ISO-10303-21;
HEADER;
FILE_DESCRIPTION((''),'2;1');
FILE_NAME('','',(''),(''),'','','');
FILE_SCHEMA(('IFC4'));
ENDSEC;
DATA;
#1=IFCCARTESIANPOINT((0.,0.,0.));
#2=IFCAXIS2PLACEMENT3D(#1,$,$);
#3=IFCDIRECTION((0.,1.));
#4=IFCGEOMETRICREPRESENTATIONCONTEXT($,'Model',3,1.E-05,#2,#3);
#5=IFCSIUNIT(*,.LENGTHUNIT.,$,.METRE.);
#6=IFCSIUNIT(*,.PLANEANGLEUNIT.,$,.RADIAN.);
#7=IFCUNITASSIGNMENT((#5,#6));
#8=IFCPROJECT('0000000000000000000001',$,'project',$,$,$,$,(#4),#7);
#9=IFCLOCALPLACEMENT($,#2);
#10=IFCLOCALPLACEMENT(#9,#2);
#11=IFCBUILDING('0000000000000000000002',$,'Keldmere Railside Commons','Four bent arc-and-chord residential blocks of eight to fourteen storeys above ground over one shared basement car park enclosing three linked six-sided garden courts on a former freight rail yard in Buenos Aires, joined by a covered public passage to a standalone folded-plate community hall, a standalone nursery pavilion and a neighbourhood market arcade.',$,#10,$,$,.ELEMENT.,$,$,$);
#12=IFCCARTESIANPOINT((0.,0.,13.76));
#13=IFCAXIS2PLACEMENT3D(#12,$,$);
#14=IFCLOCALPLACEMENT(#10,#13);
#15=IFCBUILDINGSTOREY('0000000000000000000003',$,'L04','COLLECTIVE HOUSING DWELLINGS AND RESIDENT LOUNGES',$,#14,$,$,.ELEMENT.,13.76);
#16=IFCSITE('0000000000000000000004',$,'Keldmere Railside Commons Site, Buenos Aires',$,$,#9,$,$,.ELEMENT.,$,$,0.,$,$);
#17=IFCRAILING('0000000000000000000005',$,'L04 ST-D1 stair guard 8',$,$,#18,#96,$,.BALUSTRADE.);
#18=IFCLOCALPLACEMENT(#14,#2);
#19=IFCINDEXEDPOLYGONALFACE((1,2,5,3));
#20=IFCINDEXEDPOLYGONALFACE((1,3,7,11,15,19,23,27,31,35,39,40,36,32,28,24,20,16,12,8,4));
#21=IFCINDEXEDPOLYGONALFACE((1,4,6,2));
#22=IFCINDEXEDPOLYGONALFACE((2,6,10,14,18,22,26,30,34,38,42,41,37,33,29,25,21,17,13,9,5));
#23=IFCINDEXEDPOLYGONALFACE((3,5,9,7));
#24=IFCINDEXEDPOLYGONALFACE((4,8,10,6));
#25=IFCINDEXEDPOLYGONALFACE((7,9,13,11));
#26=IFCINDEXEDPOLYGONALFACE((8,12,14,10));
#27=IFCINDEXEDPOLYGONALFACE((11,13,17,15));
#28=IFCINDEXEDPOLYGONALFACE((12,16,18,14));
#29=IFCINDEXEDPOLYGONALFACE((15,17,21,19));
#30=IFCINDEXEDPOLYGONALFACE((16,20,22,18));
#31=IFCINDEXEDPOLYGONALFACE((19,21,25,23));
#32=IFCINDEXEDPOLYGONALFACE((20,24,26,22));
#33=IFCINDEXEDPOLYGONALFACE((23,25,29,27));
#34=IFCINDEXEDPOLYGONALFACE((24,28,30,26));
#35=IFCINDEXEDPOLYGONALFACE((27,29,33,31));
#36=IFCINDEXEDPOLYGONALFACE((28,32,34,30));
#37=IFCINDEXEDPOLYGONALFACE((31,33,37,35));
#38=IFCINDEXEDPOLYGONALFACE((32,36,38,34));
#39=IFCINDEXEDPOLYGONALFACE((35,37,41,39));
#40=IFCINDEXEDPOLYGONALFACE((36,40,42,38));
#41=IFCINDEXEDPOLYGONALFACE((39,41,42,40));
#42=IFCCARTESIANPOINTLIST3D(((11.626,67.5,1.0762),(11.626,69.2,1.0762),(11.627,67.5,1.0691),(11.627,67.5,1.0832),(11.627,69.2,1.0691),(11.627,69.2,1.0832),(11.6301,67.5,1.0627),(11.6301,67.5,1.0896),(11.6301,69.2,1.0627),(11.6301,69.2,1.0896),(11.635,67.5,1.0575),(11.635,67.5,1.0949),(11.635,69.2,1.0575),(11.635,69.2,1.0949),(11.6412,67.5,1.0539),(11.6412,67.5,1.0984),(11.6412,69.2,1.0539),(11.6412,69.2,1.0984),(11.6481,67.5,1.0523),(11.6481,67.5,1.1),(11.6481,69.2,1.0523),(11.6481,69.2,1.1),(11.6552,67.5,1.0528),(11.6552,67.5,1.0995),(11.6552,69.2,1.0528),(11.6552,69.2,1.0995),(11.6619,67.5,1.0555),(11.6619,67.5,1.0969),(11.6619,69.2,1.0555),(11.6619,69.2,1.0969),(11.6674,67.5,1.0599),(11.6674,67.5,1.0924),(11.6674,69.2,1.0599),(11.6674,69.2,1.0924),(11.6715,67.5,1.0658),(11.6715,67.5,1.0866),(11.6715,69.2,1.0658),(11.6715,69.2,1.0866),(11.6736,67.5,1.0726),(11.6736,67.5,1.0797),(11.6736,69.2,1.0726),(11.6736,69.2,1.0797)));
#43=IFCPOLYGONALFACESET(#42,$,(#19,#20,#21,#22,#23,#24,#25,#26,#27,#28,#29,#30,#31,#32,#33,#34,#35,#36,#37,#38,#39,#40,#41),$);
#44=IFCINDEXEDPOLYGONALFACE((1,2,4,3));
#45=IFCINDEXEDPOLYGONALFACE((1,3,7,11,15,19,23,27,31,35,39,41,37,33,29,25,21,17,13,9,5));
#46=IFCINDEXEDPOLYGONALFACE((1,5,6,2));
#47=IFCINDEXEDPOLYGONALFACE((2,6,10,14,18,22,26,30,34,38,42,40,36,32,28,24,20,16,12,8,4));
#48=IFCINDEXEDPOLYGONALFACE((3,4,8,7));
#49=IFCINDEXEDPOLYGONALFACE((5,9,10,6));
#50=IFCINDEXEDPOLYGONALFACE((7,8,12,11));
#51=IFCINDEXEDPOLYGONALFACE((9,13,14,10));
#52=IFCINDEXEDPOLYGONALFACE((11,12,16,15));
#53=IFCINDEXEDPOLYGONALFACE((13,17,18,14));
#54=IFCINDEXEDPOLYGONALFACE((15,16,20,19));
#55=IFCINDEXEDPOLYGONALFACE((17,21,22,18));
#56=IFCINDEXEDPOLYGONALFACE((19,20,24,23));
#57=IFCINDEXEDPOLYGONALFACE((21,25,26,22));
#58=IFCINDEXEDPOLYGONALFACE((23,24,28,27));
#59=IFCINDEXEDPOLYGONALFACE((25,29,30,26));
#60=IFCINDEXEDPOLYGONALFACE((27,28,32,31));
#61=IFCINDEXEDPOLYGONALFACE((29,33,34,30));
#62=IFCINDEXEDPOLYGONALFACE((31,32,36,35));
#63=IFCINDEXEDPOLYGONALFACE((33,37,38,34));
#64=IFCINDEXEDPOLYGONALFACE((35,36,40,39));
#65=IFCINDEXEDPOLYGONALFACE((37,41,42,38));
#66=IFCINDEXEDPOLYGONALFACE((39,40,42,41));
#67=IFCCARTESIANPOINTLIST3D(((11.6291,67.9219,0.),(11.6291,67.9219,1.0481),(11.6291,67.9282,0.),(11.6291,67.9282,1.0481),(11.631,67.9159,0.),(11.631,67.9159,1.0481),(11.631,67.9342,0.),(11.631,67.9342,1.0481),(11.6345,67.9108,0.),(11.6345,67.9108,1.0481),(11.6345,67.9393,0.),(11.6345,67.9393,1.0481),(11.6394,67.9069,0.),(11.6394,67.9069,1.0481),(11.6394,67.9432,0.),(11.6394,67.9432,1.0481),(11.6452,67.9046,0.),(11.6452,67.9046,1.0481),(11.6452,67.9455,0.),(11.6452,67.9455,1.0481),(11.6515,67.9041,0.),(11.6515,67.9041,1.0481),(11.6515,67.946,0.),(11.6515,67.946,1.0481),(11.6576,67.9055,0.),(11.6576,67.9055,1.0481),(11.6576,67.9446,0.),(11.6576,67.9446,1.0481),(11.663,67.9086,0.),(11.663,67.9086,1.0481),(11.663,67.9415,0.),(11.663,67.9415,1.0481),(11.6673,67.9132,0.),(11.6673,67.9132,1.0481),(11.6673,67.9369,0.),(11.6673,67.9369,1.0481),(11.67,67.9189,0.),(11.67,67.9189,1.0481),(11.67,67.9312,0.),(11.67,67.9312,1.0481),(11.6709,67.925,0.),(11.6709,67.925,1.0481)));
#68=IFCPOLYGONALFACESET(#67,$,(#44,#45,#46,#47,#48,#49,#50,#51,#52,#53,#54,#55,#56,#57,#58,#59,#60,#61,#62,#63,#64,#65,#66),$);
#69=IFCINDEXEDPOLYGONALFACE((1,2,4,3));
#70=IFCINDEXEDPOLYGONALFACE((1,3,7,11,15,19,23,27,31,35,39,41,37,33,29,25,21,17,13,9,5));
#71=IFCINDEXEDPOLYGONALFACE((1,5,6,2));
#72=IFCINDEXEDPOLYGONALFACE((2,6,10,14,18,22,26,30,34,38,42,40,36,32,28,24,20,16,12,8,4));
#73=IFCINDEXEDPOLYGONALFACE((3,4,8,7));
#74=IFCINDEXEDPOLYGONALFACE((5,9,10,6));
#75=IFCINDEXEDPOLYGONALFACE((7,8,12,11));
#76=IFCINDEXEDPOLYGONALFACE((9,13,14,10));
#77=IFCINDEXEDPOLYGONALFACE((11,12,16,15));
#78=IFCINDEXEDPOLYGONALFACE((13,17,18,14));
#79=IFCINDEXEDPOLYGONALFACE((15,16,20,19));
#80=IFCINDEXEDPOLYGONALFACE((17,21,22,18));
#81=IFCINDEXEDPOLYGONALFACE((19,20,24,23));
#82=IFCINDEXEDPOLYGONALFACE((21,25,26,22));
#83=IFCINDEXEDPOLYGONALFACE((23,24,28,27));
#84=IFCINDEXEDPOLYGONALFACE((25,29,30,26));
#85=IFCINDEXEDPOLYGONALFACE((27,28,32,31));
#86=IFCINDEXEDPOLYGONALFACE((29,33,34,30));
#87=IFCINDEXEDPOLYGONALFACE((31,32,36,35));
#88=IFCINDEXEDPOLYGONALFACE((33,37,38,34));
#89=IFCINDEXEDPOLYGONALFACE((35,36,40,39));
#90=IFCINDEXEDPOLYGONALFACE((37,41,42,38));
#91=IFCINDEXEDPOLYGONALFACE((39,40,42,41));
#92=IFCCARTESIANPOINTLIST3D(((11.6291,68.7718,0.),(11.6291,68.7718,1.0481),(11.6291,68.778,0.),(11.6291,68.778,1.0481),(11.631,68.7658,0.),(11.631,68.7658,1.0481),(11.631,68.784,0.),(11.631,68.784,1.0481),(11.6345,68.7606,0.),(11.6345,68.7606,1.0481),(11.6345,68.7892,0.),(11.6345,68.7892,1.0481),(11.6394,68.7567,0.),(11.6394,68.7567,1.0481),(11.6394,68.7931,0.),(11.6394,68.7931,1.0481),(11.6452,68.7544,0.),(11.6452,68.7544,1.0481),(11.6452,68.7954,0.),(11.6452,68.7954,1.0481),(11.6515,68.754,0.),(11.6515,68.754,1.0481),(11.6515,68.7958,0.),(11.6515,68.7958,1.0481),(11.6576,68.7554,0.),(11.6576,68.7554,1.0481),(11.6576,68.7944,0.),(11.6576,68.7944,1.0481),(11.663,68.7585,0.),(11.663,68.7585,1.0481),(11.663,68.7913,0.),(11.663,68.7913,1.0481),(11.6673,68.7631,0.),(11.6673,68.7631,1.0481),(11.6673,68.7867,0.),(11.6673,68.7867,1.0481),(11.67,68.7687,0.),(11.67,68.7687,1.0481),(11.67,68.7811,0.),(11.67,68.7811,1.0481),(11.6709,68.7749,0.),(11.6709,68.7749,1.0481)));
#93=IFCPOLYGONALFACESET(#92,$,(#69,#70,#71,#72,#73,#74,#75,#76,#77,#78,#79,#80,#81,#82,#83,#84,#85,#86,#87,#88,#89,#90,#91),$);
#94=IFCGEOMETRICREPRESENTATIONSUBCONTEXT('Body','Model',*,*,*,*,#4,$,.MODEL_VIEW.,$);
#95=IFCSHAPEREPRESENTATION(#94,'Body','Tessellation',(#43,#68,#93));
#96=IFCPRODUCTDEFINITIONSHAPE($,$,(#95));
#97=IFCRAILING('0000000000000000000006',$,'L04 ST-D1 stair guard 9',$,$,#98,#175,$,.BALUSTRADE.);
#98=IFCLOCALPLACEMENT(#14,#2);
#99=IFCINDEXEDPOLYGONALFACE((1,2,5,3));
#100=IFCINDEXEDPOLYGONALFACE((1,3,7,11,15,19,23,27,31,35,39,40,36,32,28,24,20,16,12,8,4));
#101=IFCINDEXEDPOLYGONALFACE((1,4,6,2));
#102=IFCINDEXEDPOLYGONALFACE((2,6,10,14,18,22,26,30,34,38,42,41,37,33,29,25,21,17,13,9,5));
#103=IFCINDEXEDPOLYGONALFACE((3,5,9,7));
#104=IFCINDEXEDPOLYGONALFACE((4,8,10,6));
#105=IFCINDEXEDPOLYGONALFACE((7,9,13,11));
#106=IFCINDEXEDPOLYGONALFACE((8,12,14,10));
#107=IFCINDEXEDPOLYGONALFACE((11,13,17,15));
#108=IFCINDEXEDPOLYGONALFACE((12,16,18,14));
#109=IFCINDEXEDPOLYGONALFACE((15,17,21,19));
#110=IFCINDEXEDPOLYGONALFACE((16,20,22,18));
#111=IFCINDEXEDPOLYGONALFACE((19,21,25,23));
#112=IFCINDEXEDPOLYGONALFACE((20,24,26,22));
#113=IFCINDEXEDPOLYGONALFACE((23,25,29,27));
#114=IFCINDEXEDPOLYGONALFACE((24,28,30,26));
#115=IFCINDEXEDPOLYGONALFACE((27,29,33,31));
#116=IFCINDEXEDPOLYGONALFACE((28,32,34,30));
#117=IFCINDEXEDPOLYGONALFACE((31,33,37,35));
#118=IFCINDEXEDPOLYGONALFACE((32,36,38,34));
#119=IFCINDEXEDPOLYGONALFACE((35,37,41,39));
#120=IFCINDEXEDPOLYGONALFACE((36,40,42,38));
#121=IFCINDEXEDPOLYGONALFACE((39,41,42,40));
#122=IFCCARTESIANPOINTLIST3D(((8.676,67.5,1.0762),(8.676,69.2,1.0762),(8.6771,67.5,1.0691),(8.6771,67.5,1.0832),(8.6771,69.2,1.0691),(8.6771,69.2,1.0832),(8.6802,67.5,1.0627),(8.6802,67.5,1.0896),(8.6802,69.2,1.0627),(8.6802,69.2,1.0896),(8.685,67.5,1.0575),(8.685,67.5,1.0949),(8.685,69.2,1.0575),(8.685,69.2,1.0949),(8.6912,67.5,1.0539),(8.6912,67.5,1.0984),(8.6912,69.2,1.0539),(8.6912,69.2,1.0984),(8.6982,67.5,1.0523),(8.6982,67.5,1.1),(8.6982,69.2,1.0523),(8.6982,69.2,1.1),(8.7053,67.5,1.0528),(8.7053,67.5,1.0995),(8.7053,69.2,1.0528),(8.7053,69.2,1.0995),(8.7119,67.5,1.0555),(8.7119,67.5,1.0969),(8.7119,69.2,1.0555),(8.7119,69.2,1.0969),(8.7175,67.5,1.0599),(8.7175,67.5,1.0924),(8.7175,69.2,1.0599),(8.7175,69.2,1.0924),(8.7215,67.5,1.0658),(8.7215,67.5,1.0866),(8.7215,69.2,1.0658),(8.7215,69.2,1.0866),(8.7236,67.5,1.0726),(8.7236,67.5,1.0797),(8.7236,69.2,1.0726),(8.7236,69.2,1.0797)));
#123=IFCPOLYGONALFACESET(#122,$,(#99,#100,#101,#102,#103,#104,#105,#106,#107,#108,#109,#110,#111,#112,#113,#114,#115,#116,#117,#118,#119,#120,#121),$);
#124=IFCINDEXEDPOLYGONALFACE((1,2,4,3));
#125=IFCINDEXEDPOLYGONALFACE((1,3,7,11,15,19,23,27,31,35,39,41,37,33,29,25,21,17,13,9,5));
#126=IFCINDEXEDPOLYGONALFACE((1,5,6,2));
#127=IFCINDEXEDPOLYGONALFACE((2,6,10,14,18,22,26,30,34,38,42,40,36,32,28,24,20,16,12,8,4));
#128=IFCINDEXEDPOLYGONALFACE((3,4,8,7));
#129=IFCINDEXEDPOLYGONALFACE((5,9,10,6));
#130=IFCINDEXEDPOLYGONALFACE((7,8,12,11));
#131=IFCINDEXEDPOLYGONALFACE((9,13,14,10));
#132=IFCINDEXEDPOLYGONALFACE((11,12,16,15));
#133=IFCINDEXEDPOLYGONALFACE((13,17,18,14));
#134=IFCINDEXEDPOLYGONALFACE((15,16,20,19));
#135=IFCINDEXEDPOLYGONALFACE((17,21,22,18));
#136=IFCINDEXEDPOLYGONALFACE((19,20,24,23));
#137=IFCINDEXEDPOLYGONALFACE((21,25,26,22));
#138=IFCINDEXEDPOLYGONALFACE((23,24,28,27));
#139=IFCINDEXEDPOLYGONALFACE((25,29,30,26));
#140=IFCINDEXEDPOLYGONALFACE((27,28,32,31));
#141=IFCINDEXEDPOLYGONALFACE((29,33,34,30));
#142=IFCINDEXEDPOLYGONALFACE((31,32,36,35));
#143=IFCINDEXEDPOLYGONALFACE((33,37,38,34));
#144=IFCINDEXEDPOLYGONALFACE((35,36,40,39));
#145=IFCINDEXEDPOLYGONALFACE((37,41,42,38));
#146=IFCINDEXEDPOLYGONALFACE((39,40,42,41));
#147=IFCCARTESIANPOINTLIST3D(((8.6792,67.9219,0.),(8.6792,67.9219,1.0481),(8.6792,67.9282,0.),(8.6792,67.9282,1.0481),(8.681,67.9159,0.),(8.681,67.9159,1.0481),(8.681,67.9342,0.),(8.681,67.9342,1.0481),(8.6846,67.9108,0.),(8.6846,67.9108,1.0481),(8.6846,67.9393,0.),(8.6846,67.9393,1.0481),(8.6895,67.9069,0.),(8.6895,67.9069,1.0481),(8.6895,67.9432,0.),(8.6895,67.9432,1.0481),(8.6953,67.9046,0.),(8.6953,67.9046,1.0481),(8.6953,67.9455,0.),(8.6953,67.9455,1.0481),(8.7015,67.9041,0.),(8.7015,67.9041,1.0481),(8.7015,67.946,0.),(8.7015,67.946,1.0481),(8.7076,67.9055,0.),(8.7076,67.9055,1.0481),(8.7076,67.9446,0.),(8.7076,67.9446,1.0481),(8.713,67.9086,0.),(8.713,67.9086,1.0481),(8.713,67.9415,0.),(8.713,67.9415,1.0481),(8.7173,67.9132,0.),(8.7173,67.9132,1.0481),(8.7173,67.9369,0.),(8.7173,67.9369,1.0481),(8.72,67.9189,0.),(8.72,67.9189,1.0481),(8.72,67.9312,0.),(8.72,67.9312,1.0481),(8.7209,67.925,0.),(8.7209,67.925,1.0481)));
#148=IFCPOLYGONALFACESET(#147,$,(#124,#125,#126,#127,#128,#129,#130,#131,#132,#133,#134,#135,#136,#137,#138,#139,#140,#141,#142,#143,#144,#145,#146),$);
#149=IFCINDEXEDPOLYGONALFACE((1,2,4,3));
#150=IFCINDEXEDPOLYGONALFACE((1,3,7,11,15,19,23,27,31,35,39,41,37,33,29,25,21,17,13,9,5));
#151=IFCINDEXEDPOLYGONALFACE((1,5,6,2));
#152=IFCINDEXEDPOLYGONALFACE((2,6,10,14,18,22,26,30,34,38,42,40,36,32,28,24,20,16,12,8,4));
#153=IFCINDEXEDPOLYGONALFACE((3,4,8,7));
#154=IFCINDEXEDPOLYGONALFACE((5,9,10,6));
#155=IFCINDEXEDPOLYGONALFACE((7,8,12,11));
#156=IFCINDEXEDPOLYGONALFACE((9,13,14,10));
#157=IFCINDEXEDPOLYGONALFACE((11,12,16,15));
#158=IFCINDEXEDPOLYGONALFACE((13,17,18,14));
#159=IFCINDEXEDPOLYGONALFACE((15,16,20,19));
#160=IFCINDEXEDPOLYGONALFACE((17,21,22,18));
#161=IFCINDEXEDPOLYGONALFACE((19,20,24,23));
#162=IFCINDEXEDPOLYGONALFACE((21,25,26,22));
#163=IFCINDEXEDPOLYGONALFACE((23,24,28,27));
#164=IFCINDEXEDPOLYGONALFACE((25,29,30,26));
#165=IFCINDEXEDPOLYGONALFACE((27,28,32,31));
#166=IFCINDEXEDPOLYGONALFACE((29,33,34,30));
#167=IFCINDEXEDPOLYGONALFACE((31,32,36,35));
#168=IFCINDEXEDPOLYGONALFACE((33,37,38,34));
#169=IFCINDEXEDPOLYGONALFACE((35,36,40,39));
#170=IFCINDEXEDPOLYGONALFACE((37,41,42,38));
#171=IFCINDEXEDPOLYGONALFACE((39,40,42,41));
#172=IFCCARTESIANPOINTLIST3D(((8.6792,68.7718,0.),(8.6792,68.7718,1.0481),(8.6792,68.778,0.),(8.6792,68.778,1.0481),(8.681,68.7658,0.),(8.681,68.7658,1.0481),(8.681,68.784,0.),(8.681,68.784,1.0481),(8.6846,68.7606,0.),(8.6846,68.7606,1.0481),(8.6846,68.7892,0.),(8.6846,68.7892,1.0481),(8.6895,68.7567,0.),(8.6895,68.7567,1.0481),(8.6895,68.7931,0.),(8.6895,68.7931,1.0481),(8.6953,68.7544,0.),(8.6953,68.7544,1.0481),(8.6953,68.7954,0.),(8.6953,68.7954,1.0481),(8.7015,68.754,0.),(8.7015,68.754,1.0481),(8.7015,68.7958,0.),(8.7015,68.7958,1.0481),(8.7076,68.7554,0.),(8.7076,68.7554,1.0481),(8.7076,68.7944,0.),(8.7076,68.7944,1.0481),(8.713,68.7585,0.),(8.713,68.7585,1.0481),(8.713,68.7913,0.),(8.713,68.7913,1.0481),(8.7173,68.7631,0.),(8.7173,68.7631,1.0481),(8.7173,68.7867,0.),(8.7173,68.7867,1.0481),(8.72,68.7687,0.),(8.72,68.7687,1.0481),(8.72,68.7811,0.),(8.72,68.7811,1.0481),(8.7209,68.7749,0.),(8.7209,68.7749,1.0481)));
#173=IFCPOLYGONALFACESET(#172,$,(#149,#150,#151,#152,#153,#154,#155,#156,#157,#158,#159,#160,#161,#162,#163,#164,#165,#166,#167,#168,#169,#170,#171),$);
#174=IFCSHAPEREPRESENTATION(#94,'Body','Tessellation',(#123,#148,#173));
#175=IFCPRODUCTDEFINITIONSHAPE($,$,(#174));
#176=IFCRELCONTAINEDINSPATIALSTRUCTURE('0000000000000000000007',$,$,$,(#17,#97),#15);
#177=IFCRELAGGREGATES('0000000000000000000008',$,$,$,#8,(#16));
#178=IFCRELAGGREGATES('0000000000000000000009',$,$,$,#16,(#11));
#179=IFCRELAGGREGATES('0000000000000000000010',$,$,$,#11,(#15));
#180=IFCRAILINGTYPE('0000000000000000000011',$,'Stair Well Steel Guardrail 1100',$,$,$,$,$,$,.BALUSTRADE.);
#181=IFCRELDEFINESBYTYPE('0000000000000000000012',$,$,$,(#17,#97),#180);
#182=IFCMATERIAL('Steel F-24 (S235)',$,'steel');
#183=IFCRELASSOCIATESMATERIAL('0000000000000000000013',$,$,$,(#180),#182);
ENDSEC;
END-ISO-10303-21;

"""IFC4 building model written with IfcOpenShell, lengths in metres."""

from ifc_helpers import new_model, si_unit, direction, frame, origin, origin_2d, place, context, subcontext, project, spatial, circle, extrude, material, type_object, element, save


model = new_model("IFC4")

# Units and contexts
model_context = context("Model", 3, precision=1e-05, world=origin(), true_north=direction((0.0, 1.0)))
body_context = subcontext(model_context, "Body", "Model", "MODEL_VIEW")
ifc_project = project(units=[si_unit("LENGTHUNIT", "METRE"), si_unit("PLANEANGLEUNIT", "RADIAN")], contexts=[model_context])

# Site, building, storey
site_placement = place(None, origin())
site = spatial("IfcSite", under=ifc_project, at=site_placement, Name="Keldmere Railside Commons Site, Buenos Aires", CompositionType="ELEMENT", RefElevation=0.0)
building_placement = place(site_placement, origin())
building = spatial("IfcBuilding", under=site, at=building_placement, Name="Keldmere Railside Commons", Description="Four bent arc-and-chord residential blocks of eight to fourteen storeys above ground over one shared basement car park enclosing three linked six-sided garden courts on a former freight rail yard in Buenos Aires, joined by a covered public passage to a standalone folded-plate community hall, a standalone nursery pavilion and a neighbourhood market arcade.", CompositionType="ELEMENT")
storey_placement = place(building_placement, frame((0.0, 0.0, 13.76)))
storey = spatial("IfcBuildingStorey", under=building, at=storey_placement, Name="L04", Description="COLLECTIVE HOUSING DWELLINGS AND RESIDENT LOUNGES", CompositionType="ELEMENT", Elevation=13.76)

# Railings
ifc_material_1 = material(Name="Steel F-24 (S235)", Category="steel")
railing_type_1 = type_object("IfcRailingType", Name="Stair Well Steel Guardrail 1100", PredefinedType="BALUSTRADE", material=ifc_material_1)
for number, where, name in (
    (1, (11.6499, 67.5, 0.0), "L04 ST-D1 stair guard 8"),
    (2, (8.7, 67.5, 0.0), "L04 ST-D1 stair guard 9"),
):
    element("IfcRailing", number, at=place(storey_placement, frame(where)), inside=storey, type_object=railing_type_1, Name=name, PredefinedType="BALUSTRADE", context=body_context, shape_type="SweptSolid", body=[
        extrude(circle(Radius=0.0239, at=origin_2d()), frame((0.0, 0.0, 1.0762), z_axis=(0.0, 1.0, 0.0), x_axis=(-1.0, 0.0, 0.0)), (0.0, 0.0, 1.0), 1.7),
        extrude(circle(Radius=0.021, at=origin_2d()), frame((0.0, 0.425, 0.0)), (0.0, 0.0, 1.0), 1.0481),
        extrude(circle(Radius=0.021, at=origin_2d()), frame((0.0, 1.2749, 0.0)), (0.0, 0.0, 1.0), 1.0481),
    ])

save(model, "model.ifc")
